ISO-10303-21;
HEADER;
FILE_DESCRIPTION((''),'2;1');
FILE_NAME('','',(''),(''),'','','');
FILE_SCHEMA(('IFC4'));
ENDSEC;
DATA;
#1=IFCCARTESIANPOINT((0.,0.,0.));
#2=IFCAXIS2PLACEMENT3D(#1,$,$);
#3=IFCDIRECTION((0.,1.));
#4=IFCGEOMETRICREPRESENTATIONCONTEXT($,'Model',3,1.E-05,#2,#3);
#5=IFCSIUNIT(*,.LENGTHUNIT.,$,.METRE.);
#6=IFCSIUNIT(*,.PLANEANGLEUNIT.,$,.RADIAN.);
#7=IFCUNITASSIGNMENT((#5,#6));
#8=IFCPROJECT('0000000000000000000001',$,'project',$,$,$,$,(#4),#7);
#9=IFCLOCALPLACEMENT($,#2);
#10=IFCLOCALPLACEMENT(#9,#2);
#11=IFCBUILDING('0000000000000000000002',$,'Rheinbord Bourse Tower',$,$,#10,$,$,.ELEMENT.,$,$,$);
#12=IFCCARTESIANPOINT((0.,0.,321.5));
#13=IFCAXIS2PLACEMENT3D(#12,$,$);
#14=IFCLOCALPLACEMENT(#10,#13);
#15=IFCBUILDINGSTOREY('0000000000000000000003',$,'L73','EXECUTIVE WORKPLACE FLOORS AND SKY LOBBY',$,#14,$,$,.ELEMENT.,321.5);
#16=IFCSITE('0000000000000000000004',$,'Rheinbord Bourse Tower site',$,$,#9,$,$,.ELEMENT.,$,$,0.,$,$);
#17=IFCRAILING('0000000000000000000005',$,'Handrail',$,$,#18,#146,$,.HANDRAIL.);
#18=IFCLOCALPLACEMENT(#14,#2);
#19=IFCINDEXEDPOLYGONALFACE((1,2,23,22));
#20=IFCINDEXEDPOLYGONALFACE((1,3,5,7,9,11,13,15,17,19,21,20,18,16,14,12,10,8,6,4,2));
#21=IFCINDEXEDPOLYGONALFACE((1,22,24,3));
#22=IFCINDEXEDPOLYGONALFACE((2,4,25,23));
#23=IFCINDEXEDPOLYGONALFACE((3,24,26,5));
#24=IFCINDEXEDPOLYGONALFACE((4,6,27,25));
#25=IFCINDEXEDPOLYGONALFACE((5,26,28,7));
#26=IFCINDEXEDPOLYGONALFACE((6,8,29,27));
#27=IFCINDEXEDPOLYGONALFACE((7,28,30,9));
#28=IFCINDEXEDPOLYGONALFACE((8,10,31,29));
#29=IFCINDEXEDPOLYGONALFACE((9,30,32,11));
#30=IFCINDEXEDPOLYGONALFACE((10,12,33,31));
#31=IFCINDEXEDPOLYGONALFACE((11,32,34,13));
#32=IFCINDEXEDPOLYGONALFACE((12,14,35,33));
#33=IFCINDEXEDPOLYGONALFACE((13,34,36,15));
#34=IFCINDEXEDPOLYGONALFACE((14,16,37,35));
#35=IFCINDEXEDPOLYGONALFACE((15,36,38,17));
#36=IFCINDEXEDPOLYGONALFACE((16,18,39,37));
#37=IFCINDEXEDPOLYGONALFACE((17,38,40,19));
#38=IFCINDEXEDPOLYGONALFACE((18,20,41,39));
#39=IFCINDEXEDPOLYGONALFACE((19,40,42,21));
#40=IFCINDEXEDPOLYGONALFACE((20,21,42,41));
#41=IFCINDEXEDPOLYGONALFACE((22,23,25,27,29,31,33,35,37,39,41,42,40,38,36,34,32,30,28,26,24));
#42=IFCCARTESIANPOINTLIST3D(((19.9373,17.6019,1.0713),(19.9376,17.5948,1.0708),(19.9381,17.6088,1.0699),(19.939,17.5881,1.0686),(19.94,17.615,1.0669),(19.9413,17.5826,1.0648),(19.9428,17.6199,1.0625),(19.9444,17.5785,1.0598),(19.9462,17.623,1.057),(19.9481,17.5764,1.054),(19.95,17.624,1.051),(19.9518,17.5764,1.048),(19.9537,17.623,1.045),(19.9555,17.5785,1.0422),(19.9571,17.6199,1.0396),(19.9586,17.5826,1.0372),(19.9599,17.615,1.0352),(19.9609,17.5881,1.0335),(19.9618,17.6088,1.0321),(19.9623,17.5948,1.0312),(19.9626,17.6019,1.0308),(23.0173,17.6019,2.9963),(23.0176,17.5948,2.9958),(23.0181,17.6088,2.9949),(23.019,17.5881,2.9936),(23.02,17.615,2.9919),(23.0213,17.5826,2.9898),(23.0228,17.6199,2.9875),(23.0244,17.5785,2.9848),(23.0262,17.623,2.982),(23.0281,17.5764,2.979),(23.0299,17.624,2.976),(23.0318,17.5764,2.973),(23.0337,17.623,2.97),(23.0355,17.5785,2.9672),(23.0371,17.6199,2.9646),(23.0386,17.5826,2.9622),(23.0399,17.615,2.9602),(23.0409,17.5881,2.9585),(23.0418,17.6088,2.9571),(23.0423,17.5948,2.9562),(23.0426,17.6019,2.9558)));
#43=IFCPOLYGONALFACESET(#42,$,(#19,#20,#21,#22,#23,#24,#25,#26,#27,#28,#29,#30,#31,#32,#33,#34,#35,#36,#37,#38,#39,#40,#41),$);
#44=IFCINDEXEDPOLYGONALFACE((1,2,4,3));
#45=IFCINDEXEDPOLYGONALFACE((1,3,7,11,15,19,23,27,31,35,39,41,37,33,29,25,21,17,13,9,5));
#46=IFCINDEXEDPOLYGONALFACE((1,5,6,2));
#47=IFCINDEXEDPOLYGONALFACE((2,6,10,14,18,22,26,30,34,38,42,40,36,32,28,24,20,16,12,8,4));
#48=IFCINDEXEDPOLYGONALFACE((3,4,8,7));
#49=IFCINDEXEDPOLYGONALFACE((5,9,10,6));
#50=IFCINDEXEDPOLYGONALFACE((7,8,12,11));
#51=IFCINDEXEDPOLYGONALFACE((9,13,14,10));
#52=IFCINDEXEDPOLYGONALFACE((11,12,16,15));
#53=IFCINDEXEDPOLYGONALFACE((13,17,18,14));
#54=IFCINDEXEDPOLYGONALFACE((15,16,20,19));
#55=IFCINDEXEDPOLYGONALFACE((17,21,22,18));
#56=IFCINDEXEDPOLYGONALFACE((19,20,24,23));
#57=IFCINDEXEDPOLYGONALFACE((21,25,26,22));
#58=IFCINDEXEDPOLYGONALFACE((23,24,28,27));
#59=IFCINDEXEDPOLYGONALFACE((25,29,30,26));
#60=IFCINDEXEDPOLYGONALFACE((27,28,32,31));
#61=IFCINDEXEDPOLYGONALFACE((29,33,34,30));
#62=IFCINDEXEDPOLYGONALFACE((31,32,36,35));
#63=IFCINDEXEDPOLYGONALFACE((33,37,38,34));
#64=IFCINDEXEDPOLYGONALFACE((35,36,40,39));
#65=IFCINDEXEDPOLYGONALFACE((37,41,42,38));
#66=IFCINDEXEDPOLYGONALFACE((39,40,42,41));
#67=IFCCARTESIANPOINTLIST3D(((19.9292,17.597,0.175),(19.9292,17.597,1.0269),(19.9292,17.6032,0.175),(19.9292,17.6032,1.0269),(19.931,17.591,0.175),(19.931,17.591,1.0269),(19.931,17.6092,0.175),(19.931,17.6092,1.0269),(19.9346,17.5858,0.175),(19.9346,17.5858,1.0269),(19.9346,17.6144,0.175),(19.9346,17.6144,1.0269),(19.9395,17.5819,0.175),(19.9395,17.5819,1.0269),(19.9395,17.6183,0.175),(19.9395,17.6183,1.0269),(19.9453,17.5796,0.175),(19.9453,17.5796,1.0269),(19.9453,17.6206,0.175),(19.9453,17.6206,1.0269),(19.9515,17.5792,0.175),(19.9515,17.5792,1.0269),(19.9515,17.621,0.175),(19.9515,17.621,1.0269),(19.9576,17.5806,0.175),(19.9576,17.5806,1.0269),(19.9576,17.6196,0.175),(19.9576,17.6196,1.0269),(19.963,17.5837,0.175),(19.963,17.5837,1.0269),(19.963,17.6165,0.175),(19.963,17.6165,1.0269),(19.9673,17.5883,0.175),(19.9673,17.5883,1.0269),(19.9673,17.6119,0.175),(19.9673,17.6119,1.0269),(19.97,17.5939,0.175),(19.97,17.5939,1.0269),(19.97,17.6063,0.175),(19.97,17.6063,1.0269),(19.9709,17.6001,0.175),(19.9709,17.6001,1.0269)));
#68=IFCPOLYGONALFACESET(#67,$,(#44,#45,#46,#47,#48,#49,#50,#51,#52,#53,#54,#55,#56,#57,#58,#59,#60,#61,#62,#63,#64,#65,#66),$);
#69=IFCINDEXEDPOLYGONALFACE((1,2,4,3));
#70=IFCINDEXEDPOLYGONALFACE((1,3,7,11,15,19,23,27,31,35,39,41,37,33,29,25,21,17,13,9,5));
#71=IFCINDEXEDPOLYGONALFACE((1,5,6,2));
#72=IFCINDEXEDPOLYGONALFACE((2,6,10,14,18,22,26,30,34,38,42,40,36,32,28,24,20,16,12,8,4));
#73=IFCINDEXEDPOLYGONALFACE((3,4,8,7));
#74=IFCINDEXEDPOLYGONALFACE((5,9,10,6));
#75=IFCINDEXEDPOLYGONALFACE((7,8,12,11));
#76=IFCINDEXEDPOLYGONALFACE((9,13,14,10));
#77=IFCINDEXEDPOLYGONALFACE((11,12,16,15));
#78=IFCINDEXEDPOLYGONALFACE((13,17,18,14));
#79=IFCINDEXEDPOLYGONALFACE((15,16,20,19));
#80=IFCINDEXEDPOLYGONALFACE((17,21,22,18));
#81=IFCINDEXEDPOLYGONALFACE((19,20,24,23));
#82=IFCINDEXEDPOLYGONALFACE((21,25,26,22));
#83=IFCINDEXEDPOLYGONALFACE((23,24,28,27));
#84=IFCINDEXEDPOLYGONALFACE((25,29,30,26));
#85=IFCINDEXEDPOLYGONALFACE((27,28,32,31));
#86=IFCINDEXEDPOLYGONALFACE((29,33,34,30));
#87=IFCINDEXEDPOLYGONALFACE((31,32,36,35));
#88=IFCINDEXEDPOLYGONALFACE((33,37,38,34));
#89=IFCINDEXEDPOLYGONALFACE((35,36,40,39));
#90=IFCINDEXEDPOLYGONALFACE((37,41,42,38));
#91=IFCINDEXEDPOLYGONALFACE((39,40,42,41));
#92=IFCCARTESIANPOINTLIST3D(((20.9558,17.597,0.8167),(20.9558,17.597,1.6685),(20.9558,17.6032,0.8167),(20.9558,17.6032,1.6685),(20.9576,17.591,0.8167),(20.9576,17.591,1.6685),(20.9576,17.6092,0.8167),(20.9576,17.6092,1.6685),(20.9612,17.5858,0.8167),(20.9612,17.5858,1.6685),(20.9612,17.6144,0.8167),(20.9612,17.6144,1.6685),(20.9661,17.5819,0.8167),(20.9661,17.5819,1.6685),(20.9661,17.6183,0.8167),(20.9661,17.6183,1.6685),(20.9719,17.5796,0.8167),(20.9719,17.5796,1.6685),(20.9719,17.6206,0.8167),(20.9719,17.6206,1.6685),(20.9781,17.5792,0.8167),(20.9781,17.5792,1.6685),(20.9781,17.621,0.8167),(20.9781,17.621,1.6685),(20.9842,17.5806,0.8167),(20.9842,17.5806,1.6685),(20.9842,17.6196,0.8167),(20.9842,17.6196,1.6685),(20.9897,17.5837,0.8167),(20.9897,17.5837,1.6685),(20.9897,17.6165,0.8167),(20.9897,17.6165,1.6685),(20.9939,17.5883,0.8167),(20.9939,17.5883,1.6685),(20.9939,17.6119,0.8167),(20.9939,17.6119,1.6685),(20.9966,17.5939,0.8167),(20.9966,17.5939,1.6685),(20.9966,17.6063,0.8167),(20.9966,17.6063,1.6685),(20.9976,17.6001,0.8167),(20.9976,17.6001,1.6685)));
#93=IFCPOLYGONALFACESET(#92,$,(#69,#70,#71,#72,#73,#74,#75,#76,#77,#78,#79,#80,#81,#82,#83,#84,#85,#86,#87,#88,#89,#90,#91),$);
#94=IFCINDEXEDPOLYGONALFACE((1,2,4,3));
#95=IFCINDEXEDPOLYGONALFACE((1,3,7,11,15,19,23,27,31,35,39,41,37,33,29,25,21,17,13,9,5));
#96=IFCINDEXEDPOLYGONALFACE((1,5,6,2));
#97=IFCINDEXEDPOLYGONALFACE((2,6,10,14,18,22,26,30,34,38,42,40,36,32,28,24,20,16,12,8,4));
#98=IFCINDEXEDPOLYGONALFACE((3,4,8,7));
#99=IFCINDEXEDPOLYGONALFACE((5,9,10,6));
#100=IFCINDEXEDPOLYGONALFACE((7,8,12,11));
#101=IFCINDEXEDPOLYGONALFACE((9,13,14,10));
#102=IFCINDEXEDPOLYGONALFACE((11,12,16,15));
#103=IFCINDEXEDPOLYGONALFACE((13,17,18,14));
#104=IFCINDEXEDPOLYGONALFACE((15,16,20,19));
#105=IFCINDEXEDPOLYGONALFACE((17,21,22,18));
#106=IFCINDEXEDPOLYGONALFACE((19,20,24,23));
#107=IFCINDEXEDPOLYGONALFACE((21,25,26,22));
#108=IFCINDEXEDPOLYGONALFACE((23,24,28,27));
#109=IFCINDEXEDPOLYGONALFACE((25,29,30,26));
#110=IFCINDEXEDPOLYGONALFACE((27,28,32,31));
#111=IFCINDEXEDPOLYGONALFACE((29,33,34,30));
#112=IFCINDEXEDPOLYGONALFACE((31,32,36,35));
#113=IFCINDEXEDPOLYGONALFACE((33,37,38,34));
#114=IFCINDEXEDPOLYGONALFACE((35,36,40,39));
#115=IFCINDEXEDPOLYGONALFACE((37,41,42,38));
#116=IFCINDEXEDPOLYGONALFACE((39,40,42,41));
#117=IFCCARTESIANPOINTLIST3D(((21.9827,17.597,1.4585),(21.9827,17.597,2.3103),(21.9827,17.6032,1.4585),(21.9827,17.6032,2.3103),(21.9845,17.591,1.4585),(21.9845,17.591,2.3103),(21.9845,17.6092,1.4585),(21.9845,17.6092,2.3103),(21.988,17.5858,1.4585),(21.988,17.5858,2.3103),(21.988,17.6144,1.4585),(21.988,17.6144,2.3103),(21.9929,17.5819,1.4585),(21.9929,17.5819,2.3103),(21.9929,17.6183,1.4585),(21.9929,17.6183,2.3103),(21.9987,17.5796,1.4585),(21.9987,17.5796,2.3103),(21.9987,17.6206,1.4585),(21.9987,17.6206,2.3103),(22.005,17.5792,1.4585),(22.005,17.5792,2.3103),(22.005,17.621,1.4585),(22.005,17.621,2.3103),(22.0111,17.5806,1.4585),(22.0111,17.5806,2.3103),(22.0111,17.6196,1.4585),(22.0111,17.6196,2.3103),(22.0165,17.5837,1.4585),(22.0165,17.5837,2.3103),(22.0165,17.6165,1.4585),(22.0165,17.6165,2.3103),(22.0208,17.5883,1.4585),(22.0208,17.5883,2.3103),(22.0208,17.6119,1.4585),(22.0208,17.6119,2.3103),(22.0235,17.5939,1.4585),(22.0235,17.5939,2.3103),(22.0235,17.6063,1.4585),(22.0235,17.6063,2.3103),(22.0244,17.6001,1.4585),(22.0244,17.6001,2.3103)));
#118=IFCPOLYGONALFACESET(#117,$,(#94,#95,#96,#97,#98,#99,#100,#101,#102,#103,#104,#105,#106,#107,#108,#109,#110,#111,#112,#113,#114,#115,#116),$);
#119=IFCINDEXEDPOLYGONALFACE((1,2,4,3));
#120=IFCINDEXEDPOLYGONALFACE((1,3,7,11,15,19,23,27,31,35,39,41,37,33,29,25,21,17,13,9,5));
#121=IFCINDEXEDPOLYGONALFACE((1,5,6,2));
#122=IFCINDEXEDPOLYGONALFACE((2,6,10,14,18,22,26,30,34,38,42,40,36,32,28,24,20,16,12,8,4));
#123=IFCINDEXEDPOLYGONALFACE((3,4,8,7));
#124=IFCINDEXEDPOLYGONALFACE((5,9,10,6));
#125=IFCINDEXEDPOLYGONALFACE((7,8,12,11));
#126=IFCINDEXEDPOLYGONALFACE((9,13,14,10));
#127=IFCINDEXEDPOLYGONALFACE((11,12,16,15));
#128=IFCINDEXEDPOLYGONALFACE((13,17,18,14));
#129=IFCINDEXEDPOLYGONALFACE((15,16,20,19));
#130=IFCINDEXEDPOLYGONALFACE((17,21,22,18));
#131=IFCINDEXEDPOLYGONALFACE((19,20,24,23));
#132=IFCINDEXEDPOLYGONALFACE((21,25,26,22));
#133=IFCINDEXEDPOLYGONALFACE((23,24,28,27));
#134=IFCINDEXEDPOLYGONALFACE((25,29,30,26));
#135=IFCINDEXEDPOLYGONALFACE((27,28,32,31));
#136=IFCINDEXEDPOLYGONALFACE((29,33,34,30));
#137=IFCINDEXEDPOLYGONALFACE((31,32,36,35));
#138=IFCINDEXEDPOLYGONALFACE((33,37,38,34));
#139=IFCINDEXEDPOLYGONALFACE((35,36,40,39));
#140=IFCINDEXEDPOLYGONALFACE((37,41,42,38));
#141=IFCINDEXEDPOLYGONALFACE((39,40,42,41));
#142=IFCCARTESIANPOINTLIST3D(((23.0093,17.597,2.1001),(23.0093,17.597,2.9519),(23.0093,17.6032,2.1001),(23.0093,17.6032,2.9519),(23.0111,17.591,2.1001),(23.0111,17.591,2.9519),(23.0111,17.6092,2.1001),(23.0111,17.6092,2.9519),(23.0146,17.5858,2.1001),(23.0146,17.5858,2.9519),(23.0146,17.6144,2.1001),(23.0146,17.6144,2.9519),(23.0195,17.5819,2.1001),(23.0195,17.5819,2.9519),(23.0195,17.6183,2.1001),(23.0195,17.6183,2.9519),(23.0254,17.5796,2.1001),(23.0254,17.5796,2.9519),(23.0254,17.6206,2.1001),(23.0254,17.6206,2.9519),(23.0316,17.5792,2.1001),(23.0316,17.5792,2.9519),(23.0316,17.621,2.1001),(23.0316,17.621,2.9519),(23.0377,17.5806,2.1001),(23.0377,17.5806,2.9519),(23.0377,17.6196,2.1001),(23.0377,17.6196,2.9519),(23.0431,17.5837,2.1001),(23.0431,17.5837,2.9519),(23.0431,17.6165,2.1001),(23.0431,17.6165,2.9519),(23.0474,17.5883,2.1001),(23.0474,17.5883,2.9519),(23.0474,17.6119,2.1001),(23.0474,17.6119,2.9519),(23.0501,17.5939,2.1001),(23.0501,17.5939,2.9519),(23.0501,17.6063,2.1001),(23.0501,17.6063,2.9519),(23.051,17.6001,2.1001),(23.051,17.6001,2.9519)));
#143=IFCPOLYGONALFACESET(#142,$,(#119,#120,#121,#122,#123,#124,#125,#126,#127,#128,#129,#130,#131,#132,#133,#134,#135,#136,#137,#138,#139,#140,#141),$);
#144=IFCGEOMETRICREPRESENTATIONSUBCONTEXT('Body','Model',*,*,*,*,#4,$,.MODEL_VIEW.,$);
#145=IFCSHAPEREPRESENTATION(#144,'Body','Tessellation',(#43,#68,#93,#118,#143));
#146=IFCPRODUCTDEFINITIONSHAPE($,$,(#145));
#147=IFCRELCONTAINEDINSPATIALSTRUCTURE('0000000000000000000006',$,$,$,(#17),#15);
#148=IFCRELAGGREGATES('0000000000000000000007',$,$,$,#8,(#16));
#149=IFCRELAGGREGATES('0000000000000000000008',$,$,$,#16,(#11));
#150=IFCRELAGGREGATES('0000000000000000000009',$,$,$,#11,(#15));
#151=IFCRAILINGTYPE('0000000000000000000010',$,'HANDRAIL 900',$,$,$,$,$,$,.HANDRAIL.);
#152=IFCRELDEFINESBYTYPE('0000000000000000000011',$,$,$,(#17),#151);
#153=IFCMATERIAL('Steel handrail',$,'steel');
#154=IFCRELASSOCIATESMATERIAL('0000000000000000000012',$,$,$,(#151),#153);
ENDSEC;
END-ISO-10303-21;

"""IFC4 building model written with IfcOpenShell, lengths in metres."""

from ifc_helpers import new_model, si_unit, direction, frame, origin, origin_2d, place, context, subcontext, project, spatial, circle, extrude, material, type_object, element, save


model = new_model("IFC4")

# Units and contexts
model_context = context("Model", 3, precision=1e-05, world=origin(), true_north=direction((0.0, 1.0)))
body_context = subcontext(model_context, "Body", "Model", "MODEL_VIEW")
ifc_project = project(units=[si_unit("LENGTHUNIT", "METRE"), si_unit("PLANEANGLEUNIT", "RADIAN")], contexts=[model_context])

# Site, building, storey
site_placement = place(None, origin())
site = spatial("IfcSite", under=ifc_project, at=site_placement, Name="Rheinbord Bourse Tower site", CompositionType="ELEMENT", RefElevation=0.0)
building_placement = place(site_placement, origin())
building = spatial("IfcBuilding", under=site, at=building_placement, Name="Rheinbord Bourse Tower", CompositionType="ELEMENT")
storey_placement = place(building_placement, frame((0.0, 0.0, 321.5)))
storey = spatial("IfcBuildingStorey", under=building, at=storey_placement, Name="L73", Description="EXECUTIVE WORKPLACE FLOORS AND SKY LOBBY", CompositionType="ELEMENT", Elevation=321.5)

# Railing
ifc_material_1 = material(Name="Steel handrail", Category="steel")
railing_type = type_object("IfcRailingType", Name="HANDRAIL 900", PredefinedType="HANDRAIL", material=ifc_material_1)
railing_1_placement = place(storey_placement, frame((19.95, 17.6001, 0.175)))
element("IfcRailing", 1, at=railing_1_placement, inside=storey, type_object=railing_type, Name="Handrail", PredefinedType="HANDRAIL", context=body_context, shape_type="SweptSolid", body=[
    extrude(circle(Radius=0.0239, at=origin_2d()), frame((0.0, 0.0, 0.876), z_axis=(0.847998, 0.0, 0.529999), x_axis=(0.0, 1.0, 0.0)), (0.0, 0.0, 1.0), 3.6321),
    extrude(circle(Radius=0.021, at=origin_2d()), origin(), (0.0, 0.0, 1.0), 0.8518),
    extrude(circle(Radius=0.021, at=origin_2d()), frame((1.0266, 0.0, 0.6416)), (0.0, 0.0, 1.0), 0.8518),
    extrude(circle(Radius=0.021, at=origin_2d()), frame((2.0535, 0.0, 1.2834)), (0.0, 0.0, 1.0), 0.8518),
    extrude(circle(Radius=0.021, at=origin_2d()), frame((3.0801, 0.0, 1.925)), (0.0, 0.0, 1.0), 0.8518),
])

save(model, "model.ifc")
